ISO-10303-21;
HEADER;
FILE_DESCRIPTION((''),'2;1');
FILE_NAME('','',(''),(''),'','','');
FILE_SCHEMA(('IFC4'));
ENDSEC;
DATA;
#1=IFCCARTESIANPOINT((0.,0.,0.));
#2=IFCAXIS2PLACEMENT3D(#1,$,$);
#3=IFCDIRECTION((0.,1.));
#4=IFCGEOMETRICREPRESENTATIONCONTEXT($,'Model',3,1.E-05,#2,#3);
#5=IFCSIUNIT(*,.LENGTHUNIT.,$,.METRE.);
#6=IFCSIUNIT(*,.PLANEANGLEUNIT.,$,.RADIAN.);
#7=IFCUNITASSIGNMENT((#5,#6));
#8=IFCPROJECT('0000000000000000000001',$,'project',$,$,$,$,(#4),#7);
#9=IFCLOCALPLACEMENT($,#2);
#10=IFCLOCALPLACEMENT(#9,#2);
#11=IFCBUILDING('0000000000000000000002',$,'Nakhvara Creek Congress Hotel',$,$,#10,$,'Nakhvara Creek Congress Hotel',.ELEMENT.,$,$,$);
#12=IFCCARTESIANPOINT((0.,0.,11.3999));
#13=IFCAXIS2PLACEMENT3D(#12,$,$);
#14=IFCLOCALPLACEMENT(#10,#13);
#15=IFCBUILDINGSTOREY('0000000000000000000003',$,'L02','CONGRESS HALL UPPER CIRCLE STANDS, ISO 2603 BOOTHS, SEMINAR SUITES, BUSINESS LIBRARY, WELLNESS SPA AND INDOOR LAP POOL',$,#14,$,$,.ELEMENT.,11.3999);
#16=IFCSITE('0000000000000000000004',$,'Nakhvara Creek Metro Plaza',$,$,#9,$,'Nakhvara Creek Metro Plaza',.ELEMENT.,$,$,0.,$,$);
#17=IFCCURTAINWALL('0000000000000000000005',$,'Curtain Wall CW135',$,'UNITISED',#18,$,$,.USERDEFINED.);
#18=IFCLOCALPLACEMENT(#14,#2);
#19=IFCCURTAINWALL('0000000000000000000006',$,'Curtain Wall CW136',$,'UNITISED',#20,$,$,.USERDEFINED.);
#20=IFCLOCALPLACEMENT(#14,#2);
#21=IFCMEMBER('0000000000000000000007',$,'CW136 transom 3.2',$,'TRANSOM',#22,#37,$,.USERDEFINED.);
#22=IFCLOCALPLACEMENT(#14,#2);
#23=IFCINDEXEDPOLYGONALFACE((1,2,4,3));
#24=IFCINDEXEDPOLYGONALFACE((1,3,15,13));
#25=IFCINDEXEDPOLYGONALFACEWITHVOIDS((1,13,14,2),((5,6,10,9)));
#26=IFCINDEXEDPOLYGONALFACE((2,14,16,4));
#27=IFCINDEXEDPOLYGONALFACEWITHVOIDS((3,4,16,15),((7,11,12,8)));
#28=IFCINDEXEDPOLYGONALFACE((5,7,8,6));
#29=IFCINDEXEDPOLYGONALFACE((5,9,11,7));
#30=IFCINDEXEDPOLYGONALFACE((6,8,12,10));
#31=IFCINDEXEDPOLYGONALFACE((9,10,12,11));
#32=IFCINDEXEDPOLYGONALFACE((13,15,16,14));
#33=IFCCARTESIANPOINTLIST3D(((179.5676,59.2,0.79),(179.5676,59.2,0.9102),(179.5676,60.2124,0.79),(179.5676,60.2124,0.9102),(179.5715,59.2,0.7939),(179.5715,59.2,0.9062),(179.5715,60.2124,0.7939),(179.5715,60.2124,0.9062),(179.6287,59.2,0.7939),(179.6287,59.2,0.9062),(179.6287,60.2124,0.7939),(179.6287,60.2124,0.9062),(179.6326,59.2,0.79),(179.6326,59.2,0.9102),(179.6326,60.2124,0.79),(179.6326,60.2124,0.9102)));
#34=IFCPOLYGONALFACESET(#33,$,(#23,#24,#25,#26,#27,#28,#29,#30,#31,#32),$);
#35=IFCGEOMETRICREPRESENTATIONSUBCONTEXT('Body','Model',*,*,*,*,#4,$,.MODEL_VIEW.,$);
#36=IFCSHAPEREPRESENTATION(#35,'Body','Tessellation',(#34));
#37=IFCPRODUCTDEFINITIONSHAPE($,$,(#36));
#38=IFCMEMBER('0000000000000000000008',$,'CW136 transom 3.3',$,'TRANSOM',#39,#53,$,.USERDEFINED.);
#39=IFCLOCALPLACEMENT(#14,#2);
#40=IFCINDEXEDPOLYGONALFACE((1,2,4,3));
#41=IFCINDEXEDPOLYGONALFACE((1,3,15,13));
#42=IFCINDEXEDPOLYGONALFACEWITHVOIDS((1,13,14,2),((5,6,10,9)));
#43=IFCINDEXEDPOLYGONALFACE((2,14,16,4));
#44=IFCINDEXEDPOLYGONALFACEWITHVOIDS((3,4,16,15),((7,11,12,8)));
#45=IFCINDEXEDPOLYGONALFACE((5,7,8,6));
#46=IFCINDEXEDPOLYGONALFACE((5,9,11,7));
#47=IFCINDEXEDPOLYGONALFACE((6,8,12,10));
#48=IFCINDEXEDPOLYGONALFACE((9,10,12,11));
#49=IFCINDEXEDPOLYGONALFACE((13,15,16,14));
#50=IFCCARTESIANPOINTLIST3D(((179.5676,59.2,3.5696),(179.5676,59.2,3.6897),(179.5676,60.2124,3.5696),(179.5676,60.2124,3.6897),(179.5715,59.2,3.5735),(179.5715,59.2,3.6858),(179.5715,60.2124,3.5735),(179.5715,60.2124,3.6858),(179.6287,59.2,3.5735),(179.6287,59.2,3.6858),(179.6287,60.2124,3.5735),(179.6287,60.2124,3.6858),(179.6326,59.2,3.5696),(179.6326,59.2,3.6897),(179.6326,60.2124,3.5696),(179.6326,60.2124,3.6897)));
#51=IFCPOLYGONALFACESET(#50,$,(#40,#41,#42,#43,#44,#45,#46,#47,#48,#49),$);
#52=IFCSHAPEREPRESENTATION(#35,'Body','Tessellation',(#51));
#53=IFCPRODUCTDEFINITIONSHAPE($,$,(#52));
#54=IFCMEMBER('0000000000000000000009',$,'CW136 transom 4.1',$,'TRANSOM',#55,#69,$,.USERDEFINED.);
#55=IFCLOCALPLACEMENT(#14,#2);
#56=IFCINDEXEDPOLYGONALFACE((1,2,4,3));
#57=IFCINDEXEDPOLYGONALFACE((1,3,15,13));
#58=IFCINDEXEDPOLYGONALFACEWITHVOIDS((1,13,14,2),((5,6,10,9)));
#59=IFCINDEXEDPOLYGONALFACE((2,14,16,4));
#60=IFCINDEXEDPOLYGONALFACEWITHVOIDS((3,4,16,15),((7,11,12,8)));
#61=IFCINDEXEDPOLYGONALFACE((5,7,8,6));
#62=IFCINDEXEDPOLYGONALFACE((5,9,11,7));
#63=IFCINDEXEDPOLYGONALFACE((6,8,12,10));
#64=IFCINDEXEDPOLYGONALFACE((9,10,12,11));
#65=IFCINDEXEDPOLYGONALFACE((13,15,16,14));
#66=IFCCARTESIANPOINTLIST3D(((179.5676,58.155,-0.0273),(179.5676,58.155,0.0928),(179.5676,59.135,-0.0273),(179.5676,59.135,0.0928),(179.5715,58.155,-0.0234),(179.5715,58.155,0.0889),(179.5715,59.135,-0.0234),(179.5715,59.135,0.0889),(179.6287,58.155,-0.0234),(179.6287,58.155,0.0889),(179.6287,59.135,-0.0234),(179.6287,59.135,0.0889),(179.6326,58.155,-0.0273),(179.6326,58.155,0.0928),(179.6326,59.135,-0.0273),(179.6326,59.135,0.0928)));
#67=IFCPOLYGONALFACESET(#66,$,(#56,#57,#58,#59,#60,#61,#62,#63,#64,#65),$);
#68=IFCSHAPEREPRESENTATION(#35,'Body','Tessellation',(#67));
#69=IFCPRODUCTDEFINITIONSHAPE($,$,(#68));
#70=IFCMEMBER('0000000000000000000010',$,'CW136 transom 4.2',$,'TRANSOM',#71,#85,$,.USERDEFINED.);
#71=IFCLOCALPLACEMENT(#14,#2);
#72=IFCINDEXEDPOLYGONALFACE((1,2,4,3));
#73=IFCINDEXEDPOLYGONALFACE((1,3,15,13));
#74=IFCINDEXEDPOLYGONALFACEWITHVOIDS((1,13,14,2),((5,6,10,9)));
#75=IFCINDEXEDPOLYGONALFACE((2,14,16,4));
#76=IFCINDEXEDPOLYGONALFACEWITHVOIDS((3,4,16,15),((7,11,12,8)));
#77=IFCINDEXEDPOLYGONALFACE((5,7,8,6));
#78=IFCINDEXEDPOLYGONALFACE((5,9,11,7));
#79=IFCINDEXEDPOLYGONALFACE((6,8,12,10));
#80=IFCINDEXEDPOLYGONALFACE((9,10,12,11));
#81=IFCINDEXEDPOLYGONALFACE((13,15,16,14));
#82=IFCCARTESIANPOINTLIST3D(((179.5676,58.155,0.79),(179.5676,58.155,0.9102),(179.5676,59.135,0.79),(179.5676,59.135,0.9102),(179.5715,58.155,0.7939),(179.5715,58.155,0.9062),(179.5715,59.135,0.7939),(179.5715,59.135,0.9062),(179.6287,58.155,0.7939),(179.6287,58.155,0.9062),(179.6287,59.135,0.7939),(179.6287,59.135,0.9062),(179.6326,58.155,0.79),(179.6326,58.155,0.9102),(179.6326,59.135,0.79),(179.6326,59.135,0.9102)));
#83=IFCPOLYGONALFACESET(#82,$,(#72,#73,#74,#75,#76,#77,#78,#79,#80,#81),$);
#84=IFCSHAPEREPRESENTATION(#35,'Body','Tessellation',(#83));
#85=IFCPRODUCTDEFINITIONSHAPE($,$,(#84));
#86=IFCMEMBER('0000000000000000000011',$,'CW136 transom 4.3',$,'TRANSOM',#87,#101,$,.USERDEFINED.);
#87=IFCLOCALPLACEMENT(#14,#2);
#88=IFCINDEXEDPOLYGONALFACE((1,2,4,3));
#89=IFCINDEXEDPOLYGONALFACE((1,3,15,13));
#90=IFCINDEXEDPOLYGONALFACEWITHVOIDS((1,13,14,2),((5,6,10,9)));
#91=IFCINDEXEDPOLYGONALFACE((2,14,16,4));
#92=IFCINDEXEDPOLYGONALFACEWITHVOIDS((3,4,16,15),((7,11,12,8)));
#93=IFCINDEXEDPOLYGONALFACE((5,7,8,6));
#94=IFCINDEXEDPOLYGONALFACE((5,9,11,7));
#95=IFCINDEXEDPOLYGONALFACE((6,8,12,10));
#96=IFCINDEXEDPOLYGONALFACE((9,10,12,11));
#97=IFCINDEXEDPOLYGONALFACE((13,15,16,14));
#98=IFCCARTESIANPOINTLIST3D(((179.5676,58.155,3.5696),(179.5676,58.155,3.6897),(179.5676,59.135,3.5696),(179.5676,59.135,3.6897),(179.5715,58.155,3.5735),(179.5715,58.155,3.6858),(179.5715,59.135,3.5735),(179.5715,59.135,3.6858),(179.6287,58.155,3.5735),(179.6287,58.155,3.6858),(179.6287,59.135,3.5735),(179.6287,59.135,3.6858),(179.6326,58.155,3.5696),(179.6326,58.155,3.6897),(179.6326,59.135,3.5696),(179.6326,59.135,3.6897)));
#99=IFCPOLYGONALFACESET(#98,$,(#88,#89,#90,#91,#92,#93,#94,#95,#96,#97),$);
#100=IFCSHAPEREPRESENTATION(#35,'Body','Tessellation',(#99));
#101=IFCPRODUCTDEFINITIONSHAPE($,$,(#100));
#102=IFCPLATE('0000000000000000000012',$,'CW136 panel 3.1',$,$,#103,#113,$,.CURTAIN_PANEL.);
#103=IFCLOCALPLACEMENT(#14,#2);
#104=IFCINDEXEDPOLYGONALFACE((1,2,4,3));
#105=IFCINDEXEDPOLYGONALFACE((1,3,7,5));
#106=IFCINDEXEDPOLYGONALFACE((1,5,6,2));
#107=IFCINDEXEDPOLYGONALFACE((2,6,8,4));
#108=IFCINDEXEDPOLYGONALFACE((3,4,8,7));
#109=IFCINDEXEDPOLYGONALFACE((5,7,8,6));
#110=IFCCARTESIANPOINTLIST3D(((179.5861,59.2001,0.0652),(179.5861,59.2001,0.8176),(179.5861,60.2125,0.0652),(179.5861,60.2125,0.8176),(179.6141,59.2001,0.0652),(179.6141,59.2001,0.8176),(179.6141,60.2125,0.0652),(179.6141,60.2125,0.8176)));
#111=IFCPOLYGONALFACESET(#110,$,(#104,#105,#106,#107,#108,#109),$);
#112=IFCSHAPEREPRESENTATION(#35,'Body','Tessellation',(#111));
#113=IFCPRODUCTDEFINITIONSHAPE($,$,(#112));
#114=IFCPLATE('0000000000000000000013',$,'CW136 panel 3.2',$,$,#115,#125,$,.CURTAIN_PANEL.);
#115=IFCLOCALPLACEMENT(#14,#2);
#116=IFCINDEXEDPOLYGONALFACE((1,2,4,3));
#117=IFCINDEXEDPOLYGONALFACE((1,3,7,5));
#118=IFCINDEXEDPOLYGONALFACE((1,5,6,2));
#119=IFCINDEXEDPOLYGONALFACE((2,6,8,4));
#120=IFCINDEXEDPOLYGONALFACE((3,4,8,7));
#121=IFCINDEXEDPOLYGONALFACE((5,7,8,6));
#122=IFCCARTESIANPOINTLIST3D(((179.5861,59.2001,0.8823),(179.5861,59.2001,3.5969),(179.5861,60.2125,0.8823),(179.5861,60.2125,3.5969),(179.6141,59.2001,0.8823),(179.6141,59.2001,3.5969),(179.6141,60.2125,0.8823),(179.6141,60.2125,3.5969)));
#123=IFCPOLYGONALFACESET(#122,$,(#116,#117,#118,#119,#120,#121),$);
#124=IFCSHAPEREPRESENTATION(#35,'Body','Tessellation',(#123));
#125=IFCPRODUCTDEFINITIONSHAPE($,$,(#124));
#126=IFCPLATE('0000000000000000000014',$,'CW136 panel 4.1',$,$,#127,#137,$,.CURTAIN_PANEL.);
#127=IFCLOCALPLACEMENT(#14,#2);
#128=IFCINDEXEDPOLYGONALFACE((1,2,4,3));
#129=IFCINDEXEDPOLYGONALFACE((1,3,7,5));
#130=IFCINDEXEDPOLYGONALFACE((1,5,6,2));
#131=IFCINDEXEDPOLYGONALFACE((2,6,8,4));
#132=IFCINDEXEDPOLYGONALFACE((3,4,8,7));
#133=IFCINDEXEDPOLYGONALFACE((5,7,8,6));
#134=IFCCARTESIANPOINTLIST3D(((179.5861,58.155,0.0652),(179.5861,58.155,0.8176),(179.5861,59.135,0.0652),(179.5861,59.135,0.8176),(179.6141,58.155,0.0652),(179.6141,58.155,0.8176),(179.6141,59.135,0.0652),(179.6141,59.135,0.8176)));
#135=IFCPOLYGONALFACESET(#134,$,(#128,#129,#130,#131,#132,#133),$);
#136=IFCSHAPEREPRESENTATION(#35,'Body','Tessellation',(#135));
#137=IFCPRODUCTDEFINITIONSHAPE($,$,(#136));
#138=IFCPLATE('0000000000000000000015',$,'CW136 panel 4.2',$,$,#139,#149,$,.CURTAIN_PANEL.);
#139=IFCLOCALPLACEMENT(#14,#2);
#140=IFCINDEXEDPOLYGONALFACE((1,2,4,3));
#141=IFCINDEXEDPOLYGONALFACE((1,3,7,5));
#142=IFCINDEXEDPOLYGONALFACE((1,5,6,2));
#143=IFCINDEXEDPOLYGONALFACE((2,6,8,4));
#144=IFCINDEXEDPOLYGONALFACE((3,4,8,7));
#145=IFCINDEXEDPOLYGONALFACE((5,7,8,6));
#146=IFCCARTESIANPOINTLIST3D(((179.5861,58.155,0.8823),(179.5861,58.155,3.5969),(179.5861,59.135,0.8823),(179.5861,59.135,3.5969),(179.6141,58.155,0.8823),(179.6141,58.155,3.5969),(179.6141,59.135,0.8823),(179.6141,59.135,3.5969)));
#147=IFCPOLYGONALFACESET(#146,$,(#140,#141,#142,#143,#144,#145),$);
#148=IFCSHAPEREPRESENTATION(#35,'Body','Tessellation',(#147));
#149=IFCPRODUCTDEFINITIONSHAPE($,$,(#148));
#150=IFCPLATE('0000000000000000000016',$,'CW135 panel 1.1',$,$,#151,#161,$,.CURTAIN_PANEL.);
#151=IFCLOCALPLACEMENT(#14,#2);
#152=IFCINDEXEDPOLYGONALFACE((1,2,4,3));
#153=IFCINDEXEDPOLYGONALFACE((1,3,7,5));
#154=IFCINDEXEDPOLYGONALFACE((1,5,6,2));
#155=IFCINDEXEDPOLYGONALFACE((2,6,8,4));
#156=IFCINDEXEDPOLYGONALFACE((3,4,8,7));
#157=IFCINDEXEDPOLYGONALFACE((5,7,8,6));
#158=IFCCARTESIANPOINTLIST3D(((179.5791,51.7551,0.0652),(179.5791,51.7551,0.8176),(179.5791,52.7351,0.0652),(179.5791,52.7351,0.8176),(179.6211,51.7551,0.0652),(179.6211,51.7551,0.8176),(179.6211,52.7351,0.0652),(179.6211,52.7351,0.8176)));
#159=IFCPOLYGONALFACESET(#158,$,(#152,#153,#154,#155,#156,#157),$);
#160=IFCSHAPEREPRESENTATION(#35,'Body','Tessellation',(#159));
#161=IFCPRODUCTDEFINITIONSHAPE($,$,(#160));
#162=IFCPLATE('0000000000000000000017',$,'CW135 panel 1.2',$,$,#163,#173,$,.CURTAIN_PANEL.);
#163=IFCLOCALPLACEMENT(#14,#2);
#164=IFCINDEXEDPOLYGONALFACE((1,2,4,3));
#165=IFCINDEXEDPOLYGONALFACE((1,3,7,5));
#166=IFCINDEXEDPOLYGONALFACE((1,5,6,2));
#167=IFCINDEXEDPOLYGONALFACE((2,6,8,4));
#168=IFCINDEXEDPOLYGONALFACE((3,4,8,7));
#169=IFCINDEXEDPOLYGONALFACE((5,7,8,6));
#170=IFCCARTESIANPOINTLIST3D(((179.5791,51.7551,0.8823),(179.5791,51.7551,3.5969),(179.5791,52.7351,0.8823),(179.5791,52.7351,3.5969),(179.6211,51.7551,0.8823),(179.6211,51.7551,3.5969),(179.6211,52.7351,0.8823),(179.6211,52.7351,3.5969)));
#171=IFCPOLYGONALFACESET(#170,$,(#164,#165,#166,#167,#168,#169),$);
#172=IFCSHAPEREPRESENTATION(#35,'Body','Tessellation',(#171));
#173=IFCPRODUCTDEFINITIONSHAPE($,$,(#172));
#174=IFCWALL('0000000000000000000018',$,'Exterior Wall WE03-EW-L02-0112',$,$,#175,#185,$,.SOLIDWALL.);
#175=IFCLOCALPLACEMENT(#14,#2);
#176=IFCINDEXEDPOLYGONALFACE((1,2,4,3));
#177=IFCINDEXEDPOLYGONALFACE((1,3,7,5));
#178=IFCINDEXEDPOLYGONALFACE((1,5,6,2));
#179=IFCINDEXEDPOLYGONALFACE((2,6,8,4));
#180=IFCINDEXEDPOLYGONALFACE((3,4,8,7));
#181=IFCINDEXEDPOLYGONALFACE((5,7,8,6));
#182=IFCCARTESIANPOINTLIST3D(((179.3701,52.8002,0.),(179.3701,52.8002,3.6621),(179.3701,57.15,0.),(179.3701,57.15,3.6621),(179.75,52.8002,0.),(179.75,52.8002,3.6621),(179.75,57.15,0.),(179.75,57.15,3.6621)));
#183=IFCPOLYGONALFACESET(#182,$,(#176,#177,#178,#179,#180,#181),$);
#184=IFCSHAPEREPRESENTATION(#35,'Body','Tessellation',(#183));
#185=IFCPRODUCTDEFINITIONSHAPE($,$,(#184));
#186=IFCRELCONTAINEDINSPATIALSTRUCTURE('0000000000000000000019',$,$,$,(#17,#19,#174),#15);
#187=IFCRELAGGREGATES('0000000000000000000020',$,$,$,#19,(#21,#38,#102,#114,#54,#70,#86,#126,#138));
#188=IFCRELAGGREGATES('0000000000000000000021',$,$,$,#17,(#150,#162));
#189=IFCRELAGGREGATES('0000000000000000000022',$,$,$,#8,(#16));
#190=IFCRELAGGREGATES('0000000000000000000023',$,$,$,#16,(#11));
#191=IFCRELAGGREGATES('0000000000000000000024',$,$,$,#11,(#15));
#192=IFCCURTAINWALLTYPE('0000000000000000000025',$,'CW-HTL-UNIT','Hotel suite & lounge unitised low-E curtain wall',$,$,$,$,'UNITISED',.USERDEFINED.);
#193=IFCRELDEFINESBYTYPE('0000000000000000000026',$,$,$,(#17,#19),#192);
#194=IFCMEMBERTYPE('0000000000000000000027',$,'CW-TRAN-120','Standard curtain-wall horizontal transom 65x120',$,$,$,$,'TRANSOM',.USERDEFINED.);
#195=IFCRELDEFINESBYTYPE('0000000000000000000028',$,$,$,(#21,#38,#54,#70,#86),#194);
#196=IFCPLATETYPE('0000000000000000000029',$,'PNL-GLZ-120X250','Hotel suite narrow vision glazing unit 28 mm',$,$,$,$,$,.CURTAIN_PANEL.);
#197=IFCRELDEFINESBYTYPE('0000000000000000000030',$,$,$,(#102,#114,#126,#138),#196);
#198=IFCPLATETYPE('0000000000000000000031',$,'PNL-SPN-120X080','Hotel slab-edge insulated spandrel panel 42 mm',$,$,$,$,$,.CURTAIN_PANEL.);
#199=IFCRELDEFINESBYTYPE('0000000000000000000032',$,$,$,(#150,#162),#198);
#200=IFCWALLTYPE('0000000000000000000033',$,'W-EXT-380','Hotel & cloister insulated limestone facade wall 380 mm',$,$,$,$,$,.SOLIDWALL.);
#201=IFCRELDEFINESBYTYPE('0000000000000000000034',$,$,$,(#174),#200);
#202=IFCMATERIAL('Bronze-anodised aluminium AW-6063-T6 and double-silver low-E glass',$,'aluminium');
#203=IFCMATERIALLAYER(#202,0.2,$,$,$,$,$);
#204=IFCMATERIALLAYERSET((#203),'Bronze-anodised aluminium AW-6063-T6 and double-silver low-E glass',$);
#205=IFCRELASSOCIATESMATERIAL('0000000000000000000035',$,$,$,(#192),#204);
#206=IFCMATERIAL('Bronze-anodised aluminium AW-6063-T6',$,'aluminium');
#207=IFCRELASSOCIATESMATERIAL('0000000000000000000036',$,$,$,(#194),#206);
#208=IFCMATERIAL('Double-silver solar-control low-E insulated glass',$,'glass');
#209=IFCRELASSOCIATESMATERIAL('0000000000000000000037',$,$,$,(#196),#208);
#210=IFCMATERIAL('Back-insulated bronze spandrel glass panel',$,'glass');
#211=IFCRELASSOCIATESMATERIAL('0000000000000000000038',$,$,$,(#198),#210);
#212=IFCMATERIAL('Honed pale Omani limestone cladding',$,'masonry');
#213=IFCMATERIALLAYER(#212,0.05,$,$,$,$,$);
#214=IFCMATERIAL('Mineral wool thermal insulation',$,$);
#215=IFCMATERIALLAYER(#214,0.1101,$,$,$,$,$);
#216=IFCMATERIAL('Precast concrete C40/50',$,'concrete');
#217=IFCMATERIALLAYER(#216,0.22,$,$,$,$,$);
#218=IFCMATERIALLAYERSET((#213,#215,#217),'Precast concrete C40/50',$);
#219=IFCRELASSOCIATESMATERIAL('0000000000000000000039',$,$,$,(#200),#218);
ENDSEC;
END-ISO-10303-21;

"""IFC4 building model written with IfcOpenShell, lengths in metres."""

from ifc_helpers import new_model, si_unit, direction, frame, frame_2d, origin, origin_2d, place, context, subcontext, project, spatial, rectangle, hollow_rectangle, extrude, material, layer, layer_set, material_profile, profile_set, type_object, element, aggregate, save


model = new_model("IFC4")

# Units and contexts
model_context = context("Model", 3, precision=1e-05, world=origin(), true_north=direction((0.0, 1.0)))
body_context = subcontext(model_context, "Body", "Model", "MODEL_VIEW")
ifc_project = project(units=[si_unit("LENGTHUNIT", "METRE"), si_unit("PLANEANGLEUNIT", "RADIAN")], contexts=[model_context])

# Site, building, storey
site_placement = place(None, origin())
site = spatial("IfcSite", under=ifc_project, at=site_placement, Name="Nakhvara Creek Metro Plaza", LongName="Nakhvara Creek Metro Plaza", CompositionType="ELEMENT", RefElevation=0.0)
building_placement = place(site_placement, origin())
building = spatial("IfcBuilding", under=site, at=building_placement, Name="Nakhvara Creek Congress Hotel", LongName="Nakhvara Creek Congress Hotel", CompositionType="ELEMENT")
storey_placement = place(building_placement, frame((0.0, 0.0, 11.3999)))
storey = spatial("IfcBuildingStorey", under=building, at=storey_placement, Name="L02", Description="CONGRESS HALL UPPER CIRCLE STANDS, ISO 2603 BOOTHS, SEMINAR SUITES, BUSINESS LIBRARY, WELLNESS SPA AND INDOOR LAP POOL", CompositionType="ELEMENT", Elevation=11.3999)

# Curtain walls
ifc_material_1 = material(Name="Bronze-anodised aluminium AW-6063-T6 and double-silver low-E glass", Category="aluminium")
ifc_layer_1 = layer(ifc_material_1, 0.2)
ifc_layer_set_1 = layer_set([ifc_layer_1], Name="Bronze-anodised aluminium AW-6063-T6 and double-silver low-E glass")
curtain_wall_type = type_object("IfcCurtainWallType", Name="CW-HTL-UNIT", Description="Hotel suite & lounge unitised low-E curtain wall", ElementType="UNITISED", PredefinedType="USERDEFINED", material=ifc_layer_set_1)
curtain_wall_1_placement = place(storey_placement, origin())
curtain_wall_1 = element("IfcCurtainWall", 1, at=curtain_wall_1_placement, inside=storey, type_object=curtain_wall_type, Name="Curtain Wall CW135", ObjectType="UNITISED", PredefinedType="USERDEFINED")
ifc_material_2 = material(Name="Bronze-anodised aluminium AW-6063-T6", Category="aluminium")
curtain_wall_2_placement = place(storey_placement, origin())
curtain_wall_2 = element("IfcCurtainWall", 2, at=curtain_wall_2_placement, inside=storey, type_object=curtain_wall_type, Name="Curtain Wall CW136", ObjectType="UNITISED", PredefinedType="USERDEFINED")

# Members
ifc_material_profile_1 = material_profile(ifc_material_2, hollow_rectangle(XDim=0.0649, YDim=0.1201, WallThickness=0.0039, at=origin_2d()), Name="ALU-TRAN 65x120x4", Category="LoadBearing")
ifc_profile_set_1 = profile_set([ifc_material_profile_1], Name="Bronze-anodised aluminium AW-6063-T6")
member_type_1 = type_object("IfcMemberType", Name="CW-TRAN-120", Description="Standard curtain-wall horizontal transom 65x120", ElementType="TRANSOM", PredefinedType="USERDEFINED", material=ifc_profile_set_1)
member_1_placement = place(storey_placement, frame((179.6001, 60.2124, 0.8501), z_axis=(0.0, -1.0, 0.0), x_axis=(1.0, 0.0, 0.0)))
member_1 = element("IfcMember", 3, at=member_1_placement, type_object=member_type_1, Name="CW136 transom 3.2", ObjectType="TRANSOM", PredefinedType="USERDEFINED", context=body_context, shape_type="SweptSolid", body=[
    extrude(hollow_rectangle(XDim=0.0649, YDim=0.1201, WallThickness=0.0039, at=origin_2d()), origin(), (0.0, 0.0, 1.0), 1.0125),
])
member_2_placement = place(storey_placement, frame((179.6001, 60.2124, 3.6296), z_axis=(0.0, -1.0, 0.0), x_axis=(1.0, 0.0, 0.0)))
member_2 = element("IfcMember", 4, at=member_2_placement, type_object=member_type_1, Name="CW136 transom 3.3", ObjectType="TRANSOM", PredefinedType="USERDEFINED", context=body_context, shape_type="SweptSolid", body=[
    extrude(hollow_rectangle(XDim=0.0649, YDim=0.1201, WallThickness=0.0039, at=origin_2d()), origin(), (0.0, 0.0, 1.0), 1.0125),
])
member_3_placement = place(storey_placement, frame((179.6001, 59.135, 0.0327), z_axis=(0.0, -1.0, 0.0), x_axis=(1.0, 0.0, 0.0)))
member_3 = element("IfcMember", 5, at=member_3_placement, type_object=member_type_1, Name="CW136 transom 4.1", ObjectType="TRANSOM", PredefinedType="USERDEFINED", context=body_context, shape_type="SweptSolid", body=[
    extrude(hollow_rectangle(XDim=0.0649, YDim=0.1201, WallThickness=0.0039, at=origin_2d()), origin(), (0.0, 0.0, 1.0), 0.98),
])
member_4_placement = place(storey_placement, frame((179.6001, 59.135, 0.8501), z_axis=(0.0, -1.0, 0.0), x_axis=(1.0, 0.0, 0.0)))
member_4 = element("IfcMember", 6, at=member_4_placement, type_object=member_type_1, Name="CW136 transom 4.2", ObjectType="TRANSOM", PredefinedType="USERDEFINED", context=body_context, shape_type="SweptSolid", body=[
    extrude(hollow_rectangle(XDim=0.0649, YDim=0.1201, WallThickness=0.0039, at=origin_2d()), origin(), (0.0, 0.0, 1.0), 0.98),
])
member_5_placement = place(storey_placement, frame((179.6001, 59.135, 3.6296), z_axis=(0.0, -1.0, 0.0), x_axis=(1.0, 0.0, 0.0)))
member_5 = element("IfcMember", 7, at=member_5_placement, type_object=member_type_1, Name="CW136 transom 4.3", ObjectType="TRANSOM", PredefinedType="USERDEFINED", context=body_context, shape_type="SweptSolid", body=[
    extrude(hollow_rectangle(XDim=0.0649, YDim=0.1201, WallThickness=0.0039, at=origin_2d()), origin(), (0.0, 0.0, 1.0), 0.98),
])

# Plates
ifc_material_3 = material(Name="Double-silver solar-control low-E insulated glass", Category="glass")
plate_type_1 = type_object("IfcPlateType", Name="PNL-GLZ-120X250", Description="Hotel suite narrow vision glazing unit 28 mm", PredefinedType="CURTAIN_PANEL", material=ifc_material_3)
plate_1_placement = place(storey_placement, frame((179.6001, 59.7063, 0.0652), z_axis=(0.0, 0.0, 1.0), x_axis=(0.0, -1.0, 0.0)))
plate_1 = element("IfcPlate", 8, at=plate_1_placement, type_object=plate_type_1, Name="CW136 panel 3.1", PredefinedType="CURTAIN_PANEL", context=body_context, shape_type="SweptSolid", body=[
    extrude(rectangle(XDim=1.0125, YDim=0.0281, at=origin_2d()), origin(), (0.0, 0.0, 1.0), 0.7524),
])
plate_2_placement = place(storey_placement, frame((179.6001, 59.7063, 0.8823), z_axis=(0.0, 0.0, 1.0), x_axis=(0.0, -1.0, 0.0)))
plate_2 = element("IfcPlate", 9, at=plate_2_placement, type_object=plate_type_1, Name="CW136 panel 3.2", PredefinedType="CURTAIN_PANEL", context=body_context, shape_type="SweptSolid", body=[
    extrude(rectangle(XDim=1.0125, YDim=0.0281, at=origin_2d()), origin(), (0.0, 0.0, 1.0), 2.7146),
])
plate_3_placement = place(storey_placement, frame((179.6001, 58.645, 0.0652), z_axis=(0.0, 0.0, 1.0), x_axis=(0.0, -1.0, 0.0)))
plate_3 = element("IfcPlate", 10, at=plate_3_placement, type_object=plate_type_1, Name="CW136 panel 4.1", PredefinedType="CURTAIN_PANEL", context=body_context, shape_type="SweptSolid", body=[
    extrude(rectangle(XDim=0.98, YDim=0.0281, at=origin_2d()), origin(), (0.0, 0.0, 1.0), 0.7524),
])
plate_4_placement = place(storey_placement, frame((179.6001, 58.645, 0.8823), z_axis=(0.0, 0.0, 1.0), x_axis=(0.0, -1.0, 0.0)))
plate_4 = element("IfcPlate", 11, at=plate_4_placement, type_object=plate_type_1, Name="CW136 panel 4.2", PredefinedType="CURTAIN_PANEL", context=body_context, shape_type="SweptSolid", body=[
    extrude(rectangle(XDim=0.98, YDim=0.0281, at=origin_2d()), origin(), (0.0, 0.0, 1.0), 2.7146),
])
aggregate(curtain_wall_2, [member_1, member_2, plate_1, plate_2, member_3, member_4, member_5, plate_3, plate_4])
ifc_material_4 = material(Name="Back-insulated bronze spandrel glass panel", Category="glass")
plate_type_2 = type_object("IfcPlateType", Name="PNL-SPN-120X080", Description="Hotel slab-edge insulated spandrel panel 42 mm", PredefinedType="CURTAIN_PANEL", material=ifc_material_4)
plate_5_placement = place(storey_placement, frame((179.6001, 52.2451, 0.0652), z_axis=(0.0, 0.0, 1.0), x_axis=(0.0, -1.0, 0.0)))
plate_5 = element("IfcPlate", 12, at=plate_5_placement, type_object=plate_type_2, Name="CW135 panel 1.1", PredefinedType="CURTAIN_PANEL", context=body_context, shape_type="SweptSolid", body=[
    extrude(rectangle(XDim=0.98, YDim=0.042, at=origin_2d()), origin(), (0.0, 0.0, 1.0), 0.7524),
])
plate_6_placement = place(storey_placement, frame((179.6001, 52.2451, 0.8823), z_axis=(0.0, 0.0, 1.0), x_axis=(0.0, -1.0, 0.0)))
plate_6 = element("IfcPlate", 13, at=plate_6_placement, type_object=plate_type_2, Name="CW135 panel 1.2", PredefinedType="CURTAIN_PANEL", context=body_context, shape_type="SweptSolid", body=[
    extrude(rectangle(XDim=0.98, YDim=0.042, at=origin_2d()), origin(), (0.0, 0.0, 1.0), 2.7146),
])
aggregate(curtain_wall_1, [plate_5, plate_6])

# Wall
ifc_material_5 = material(Name="Honed pale Omani limestone cladding", Category="masonry")
ifc_layer_2 = layer(ifc_material_5, 0.05)
ifc_material_6 = material(Name="Mineral wool thermal insulation")
ifc_layer_3 = layer(ifc_material_6, 0.1101)
ifc_material_7 = material(Name="Precast concrete C40/50", Category="concrete")
ifc_layer_4 = layer(ifc_material_7, 0.22)
ifc_layer_set_2 = layer_set([ifc_layer_2, ifc_layer_3, ifc_layer_4], Name="Precast concrete C40/50")
wall_type = type_object("IfcWallType", Name="W-EXT-380", Description="Hotel & cloister insulated limestone facade wall 380 mm", PredefinedType="SOLIDWALL", material=ifc_layer_set_2)
wall_placement = place(storey_placement, frame((179.5601, 57.1499, 0.0), z_axis=(0.0, 0.0, 1.0), x_axis=(0.0, -1.0, 0.0)))
element("IfcWall", 14, at=wall_placement, inside=storey, type_object=wall_type, Name="Exterior Wall WE03-EW-L02-0112", PredefinedType="SOLIDWALL", context=body_context, shape_type="SweptSolid", body=[
    extrude(rectangle(XDim=4.3499, YDim=0.3799, at=frame_2d((2.1748, 0.0))), origin(), (0.0, 0.0, 1.0), 3.6621),
])

save(model, "model.ifc")
